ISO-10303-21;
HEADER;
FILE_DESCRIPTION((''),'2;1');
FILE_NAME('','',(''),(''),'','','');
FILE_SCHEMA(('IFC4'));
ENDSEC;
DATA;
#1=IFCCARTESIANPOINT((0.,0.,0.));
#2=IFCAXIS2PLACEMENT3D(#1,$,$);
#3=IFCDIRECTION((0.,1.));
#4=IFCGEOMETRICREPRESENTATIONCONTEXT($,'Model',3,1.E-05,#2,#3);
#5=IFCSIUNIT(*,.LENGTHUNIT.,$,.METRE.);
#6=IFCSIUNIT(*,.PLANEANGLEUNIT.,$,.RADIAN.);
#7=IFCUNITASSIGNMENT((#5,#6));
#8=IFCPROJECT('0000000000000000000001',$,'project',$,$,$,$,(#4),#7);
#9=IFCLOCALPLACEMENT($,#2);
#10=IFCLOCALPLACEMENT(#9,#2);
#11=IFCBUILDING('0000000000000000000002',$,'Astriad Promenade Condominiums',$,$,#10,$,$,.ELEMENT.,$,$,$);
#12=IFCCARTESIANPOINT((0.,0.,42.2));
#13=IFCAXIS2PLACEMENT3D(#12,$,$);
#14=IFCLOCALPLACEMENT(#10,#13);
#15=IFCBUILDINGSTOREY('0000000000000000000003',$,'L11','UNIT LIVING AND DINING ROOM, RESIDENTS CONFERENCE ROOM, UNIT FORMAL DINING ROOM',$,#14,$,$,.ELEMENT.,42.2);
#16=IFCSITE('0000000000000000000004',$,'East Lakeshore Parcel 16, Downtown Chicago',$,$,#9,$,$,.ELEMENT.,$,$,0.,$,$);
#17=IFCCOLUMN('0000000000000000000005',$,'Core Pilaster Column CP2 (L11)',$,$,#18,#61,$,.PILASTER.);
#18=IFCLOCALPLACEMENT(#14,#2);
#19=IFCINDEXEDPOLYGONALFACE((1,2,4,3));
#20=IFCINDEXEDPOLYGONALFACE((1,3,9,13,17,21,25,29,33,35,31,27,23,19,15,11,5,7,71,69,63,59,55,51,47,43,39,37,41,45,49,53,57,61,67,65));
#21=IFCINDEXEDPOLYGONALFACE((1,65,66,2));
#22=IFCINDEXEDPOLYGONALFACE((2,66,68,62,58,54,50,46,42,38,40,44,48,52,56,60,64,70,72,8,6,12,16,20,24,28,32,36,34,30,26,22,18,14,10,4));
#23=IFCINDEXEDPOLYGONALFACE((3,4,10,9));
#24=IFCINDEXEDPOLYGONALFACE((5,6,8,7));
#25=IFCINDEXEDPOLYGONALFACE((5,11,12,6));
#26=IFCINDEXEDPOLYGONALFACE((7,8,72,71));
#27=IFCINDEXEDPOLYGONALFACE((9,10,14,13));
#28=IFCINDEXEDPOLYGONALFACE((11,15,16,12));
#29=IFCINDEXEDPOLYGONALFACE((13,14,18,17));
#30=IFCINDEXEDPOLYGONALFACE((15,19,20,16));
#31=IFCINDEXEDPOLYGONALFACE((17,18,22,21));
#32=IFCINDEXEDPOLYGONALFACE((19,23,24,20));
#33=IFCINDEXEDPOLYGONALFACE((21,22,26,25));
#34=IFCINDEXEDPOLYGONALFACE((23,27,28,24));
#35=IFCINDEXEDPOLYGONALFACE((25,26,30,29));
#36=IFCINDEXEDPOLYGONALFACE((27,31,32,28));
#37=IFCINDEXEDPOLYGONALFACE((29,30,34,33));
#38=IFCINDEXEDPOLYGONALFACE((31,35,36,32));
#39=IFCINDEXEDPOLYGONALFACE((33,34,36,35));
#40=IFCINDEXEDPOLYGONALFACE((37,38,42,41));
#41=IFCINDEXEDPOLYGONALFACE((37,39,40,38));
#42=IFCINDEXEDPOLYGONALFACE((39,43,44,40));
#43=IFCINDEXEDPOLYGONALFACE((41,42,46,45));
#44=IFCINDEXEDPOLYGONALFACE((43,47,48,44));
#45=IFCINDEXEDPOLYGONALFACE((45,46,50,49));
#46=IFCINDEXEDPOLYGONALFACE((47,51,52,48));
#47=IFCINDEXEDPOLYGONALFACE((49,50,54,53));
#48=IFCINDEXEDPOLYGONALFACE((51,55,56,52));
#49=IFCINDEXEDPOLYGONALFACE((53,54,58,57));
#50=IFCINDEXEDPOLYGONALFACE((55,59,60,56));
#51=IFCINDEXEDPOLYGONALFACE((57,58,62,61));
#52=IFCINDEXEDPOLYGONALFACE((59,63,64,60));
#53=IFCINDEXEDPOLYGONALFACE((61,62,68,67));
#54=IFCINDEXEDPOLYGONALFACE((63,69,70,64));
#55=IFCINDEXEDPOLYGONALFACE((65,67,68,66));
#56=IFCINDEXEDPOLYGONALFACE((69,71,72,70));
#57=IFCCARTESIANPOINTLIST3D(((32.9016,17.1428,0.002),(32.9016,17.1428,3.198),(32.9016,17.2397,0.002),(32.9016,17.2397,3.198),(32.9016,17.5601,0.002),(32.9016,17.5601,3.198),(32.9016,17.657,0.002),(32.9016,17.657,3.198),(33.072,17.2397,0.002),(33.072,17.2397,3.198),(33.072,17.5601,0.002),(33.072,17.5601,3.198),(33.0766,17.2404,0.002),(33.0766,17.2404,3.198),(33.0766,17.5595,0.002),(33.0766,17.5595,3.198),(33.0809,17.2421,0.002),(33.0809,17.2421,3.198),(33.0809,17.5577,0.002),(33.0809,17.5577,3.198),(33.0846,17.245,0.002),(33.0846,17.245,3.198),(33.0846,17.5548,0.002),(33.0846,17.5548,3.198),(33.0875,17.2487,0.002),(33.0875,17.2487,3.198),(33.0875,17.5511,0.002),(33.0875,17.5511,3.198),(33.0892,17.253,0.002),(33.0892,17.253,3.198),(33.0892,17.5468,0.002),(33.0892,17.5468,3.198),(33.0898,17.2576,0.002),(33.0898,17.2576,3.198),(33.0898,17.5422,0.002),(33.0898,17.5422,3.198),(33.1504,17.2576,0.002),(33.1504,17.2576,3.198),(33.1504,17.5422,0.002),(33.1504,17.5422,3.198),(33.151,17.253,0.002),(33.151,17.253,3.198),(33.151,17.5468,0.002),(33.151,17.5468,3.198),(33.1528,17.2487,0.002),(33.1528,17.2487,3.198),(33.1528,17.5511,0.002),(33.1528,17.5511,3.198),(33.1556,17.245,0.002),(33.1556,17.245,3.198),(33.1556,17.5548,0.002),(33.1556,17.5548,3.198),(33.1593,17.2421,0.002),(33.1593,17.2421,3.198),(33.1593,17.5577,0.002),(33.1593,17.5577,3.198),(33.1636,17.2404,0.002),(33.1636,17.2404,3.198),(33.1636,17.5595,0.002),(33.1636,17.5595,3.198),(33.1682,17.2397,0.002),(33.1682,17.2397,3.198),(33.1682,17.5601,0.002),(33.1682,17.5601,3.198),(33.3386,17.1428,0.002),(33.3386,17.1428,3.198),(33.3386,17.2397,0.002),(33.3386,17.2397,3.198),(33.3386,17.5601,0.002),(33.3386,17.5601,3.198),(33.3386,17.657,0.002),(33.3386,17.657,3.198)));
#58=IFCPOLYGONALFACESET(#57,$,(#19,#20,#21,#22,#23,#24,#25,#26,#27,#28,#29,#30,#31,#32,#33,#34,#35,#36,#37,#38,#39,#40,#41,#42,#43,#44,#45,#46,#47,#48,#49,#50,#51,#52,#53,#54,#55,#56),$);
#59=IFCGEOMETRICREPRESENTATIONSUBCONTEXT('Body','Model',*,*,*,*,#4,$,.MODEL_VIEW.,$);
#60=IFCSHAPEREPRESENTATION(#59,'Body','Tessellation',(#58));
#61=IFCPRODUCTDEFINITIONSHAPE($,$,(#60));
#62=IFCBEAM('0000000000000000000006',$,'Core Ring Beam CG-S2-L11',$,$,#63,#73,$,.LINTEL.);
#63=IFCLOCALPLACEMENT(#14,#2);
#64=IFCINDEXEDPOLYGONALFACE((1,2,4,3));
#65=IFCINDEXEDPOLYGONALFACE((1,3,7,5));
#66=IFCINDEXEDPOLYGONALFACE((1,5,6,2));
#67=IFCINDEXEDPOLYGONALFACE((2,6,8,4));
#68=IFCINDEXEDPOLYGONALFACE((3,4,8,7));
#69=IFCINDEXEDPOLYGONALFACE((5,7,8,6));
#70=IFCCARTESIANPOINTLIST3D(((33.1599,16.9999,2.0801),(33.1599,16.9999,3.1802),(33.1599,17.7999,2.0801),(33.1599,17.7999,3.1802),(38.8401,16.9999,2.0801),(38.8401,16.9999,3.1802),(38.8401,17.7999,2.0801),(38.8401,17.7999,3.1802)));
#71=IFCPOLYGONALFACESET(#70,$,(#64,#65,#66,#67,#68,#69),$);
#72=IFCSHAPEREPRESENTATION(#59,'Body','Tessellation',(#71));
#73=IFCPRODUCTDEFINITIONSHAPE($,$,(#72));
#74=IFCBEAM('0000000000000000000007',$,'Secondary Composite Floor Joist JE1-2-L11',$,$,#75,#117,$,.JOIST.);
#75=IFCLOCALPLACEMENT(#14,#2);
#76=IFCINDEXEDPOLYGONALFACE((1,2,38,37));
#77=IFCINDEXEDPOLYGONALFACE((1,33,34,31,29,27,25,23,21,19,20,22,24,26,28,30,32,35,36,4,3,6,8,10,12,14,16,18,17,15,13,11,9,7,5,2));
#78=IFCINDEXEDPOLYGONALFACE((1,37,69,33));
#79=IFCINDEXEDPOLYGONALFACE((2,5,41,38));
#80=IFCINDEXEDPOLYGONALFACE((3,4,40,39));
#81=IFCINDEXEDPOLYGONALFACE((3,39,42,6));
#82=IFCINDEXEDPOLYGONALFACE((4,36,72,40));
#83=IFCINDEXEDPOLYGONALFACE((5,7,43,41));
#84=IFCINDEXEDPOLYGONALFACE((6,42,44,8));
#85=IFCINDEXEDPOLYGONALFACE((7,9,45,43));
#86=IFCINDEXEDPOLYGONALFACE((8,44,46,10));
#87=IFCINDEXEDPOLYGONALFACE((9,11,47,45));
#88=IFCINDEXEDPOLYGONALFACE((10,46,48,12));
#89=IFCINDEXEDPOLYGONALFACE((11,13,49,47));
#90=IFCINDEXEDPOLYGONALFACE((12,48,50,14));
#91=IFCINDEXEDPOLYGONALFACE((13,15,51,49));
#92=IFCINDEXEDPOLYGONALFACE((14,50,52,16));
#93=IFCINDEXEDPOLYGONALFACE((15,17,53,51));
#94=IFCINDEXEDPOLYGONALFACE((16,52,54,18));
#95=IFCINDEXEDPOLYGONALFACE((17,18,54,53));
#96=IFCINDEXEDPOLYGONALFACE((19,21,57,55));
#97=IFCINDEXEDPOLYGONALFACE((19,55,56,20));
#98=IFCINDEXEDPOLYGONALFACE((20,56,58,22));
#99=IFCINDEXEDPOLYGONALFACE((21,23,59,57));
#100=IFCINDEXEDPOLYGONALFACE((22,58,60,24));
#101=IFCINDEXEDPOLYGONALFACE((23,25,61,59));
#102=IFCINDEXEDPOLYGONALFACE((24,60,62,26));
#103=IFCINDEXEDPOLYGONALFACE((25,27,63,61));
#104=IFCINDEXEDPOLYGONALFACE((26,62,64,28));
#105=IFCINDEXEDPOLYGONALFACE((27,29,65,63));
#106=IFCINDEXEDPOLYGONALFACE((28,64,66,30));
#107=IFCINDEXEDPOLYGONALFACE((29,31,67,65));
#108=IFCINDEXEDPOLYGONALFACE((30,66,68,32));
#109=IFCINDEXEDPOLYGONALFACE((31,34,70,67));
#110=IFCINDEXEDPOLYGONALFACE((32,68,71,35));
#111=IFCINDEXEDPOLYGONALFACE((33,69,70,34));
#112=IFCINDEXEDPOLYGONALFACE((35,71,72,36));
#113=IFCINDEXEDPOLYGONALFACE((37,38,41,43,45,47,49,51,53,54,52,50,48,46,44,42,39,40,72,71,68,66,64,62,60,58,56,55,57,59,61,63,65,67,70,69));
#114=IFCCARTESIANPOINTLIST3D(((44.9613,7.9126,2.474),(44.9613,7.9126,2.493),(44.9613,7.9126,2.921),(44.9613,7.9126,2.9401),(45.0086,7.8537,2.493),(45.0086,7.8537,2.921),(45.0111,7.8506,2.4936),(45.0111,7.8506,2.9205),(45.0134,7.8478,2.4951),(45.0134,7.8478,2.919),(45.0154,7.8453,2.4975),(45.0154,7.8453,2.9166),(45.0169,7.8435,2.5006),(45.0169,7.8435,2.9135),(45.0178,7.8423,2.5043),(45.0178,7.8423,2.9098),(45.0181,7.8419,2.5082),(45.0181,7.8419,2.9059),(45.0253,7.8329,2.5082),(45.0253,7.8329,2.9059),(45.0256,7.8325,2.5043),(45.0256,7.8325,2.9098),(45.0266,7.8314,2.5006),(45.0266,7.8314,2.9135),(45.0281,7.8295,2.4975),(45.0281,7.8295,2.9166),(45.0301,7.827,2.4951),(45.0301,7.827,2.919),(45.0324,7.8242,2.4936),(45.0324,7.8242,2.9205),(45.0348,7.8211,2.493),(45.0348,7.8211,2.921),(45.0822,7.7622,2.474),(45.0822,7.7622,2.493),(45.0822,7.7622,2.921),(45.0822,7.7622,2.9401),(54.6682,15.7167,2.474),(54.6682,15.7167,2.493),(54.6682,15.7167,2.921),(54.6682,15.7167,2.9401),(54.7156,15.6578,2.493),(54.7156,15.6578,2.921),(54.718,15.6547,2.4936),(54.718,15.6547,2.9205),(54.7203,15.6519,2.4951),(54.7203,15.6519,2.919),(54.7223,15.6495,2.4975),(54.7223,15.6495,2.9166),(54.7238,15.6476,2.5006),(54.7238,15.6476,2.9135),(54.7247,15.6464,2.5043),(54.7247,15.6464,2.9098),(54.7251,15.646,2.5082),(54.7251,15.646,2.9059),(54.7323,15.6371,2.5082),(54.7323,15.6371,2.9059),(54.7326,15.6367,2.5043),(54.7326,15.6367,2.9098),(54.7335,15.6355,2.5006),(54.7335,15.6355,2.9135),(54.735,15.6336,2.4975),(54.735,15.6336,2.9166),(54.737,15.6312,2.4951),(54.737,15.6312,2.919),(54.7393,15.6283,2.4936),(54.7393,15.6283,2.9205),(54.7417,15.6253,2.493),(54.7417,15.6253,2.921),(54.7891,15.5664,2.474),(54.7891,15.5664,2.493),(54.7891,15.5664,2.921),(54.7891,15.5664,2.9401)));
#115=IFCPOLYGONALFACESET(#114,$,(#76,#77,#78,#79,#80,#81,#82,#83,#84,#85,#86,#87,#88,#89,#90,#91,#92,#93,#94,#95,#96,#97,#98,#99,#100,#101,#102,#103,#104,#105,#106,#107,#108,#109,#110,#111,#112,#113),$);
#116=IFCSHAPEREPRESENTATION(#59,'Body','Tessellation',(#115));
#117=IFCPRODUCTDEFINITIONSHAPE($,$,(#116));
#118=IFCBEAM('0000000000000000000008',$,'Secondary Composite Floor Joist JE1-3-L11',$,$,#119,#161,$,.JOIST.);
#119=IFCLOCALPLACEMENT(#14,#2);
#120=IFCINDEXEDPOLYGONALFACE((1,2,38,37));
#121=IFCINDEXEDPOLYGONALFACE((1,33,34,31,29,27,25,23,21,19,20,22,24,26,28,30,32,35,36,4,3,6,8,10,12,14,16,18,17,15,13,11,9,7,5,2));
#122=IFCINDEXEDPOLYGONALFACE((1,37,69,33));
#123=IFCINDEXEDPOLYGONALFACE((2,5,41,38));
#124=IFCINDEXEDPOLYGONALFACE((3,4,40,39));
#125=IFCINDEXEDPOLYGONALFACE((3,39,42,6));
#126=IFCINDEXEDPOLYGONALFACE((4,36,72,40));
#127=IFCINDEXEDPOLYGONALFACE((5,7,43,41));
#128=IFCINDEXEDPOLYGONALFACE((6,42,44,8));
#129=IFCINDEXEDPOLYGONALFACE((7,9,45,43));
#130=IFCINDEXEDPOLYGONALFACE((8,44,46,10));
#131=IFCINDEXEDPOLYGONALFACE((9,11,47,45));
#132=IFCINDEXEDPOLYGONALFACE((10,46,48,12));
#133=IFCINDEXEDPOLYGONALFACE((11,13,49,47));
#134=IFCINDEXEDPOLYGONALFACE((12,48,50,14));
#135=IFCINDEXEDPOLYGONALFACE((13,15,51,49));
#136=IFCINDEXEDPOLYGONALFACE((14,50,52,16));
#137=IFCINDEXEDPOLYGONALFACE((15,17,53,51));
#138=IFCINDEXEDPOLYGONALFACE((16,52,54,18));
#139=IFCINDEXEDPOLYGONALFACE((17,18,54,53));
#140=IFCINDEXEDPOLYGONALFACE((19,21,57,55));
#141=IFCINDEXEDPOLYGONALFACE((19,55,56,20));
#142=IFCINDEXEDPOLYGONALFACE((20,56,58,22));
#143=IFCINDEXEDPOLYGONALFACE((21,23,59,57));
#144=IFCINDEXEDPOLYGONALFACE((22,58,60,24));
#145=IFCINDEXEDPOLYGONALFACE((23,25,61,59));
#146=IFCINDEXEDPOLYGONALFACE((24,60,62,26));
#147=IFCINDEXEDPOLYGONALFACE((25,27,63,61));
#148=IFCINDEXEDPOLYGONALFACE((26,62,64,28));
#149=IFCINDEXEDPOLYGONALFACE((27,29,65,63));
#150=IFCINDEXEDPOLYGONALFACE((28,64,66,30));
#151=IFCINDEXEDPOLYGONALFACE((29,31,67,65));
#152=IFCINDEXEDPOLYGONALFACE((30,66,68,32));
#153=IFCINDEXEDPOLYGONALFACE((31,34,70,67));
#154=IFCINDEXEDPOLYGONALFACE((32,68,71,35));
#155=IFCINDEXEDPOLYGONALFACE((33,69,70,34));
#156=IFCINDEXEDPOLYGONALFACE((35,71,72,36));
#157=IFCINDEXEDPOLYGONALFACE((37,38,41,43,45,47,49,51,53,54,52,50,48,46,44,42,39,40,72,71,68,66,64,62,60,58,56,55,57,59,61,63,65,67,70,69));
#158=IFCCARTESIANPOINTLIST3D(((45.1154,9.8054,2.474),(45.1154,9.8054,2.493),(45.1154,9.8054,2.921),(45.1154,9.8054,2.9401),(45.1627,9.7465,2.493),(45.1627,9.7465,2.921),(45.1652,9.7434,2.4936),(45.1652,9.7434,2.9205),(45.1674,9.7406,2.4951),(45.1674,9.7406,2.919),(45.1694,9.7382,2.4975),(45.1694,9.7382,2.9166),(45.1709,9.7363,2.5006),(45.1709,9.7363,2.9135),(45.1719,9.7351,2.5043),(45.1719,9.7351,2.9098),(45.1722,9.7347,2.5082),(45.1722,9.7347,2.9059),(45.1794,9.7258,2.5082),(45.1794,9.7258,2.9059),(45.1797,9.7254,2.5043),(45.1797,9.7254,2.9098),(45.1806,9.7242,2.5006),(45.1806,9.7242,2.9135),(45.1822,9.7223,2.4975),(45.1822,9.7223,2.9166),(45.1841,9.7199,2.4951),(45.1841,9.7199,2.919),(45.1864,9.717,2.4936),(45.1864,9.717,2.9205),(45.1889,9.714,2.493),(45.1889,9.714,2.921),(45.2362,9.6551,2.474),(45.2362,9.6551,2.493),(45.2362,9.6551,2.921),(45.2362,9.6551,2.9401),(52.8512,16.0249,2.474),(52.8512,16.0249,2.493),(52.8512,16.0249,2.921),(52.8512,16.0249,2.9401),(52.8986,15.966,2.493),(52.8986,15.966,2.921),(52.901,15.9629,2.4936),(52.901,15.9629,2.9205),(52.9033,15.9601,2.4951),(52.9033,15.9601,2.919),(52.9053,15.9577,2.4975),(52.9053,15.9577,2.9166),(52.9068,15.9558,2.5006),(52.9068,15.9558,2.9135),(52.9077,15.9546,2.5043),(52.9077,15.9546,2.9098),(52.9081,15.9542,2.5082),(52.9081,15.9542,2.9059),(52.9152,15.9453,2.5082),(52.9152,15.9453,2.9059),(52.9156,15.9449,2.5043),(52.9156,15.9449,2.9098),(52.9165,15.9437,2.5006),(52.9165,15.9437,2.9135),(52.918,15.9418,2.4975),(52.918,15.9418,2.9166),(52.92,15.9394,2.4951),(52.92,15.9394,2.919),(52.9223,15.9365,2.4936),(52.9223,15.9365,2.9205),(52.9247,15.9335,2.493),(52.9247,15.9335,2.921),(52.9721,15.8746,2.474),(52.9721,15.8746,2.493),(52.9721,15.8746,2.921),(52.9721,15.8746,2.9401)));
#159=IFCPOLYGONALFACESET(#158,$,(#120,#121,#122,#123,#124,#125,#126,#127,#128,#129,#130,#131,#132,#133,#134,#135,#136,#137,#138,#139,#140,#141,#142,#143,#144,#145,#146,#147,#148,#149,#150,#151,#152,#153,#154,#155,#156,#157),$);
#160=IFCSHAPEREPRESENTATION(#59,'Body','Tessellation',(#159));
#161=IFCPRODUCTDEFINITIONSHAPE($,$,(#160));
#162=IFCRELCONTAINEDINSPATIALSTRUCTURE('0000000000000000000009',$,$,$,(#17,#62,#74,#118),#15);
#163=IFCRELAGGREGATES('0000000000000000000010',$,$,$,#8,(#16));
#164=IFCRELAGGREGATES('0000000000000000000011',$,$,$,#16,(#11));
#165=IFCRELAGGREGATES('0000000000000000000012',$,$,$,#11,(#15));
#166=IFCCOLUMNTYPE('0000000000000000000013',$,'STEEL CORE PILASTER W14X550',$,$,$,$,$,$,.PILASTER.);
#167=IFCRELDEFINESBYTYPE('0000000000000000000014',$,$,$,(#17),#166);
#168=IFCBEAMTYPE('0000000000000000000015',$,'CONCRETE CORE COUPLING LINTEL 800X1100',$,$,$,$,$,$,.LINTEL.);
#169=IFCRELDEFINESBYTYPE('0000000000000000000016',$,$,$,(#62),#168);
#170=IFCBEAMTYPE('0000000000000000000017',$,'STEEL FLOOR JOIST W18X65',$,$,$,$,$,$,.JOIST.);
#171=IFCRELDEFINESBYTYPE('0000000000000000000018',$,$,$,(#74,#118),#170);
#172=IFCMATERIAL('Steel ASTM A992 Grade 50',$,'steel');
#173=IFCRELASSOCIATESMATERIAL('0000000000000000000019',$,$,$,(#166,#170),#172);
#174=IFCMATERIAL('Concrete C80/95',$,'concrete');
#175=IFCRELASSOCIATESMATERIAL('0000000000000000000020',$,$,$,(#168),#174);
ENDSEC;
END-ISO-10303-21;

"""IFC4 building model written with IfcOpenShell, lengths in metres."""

from ifc_helpers import new_model, si_unit, direction, frame, origin, origin_2d, place, context, subcontext, project, spatial, rectangle, i_section, extrude, source, transform, mapped, material, material_profile, profile_set, type_object, type_shapes, element, save


model = new_model("IFC4")

# Units and contexts
model_context = context("Model", 3, precision=1e-05, world=origin(), true_north=direction((0.0, 1.0)))
body_context = subcontext(model_context, "Body", "Model", "MODEL_VIEW")
ifc_project = project(units=[si_unit("LENGTHUNIT", "METRE"), si_unit("PLANEANGLEUNIT", "RADIAN")], contexts=[model_context])

# Site, building, storey
site_placement = place(None, origin())
site = spatial("IfcSite", under=ifc_project, at=site_placement, Name="East Lakeshore Parcel 16, Downtown Chicago", CompositionType="ELEMENT", RefElevation=0.0)
building_placement = place(site_placement, origin())
building = spatial("IfcBuilding", under=site, at=building_placement, Name="Astriad Promenade Condominiums", CompositionType="ELEMENT")
storey_placement = place(building_placement, frame((0.0, 0.0, 42.2)))
storey = spatial("IfcBuildingStorey", under=building, at=storey_placement, Name="L11", Description="UNIT LIVING AND DINING ROOM, RESIDENTS CONFERENCE ROOM, UNIT FORMAL DINING ROOM", CompositionType="ELEMENT", Elevation=42.2)

# Column
ifc_material_1 = material(Name="Steel ASTM A992 Grade 50", Category="steel")
ifc_material_profile_1 = material_profile(ifc_material_1, i_section(OverallWidth=0.437, OverallDepth=0.5142, WebThickness=0.0605, FlangeThickness=0.0969, FilletRadius=0.0178, at=origin_2d()), Name="W14X550")
ifc_profile_set_1 = profile_set([ifc_material_profile_1], Name="Steel ASTM A992 Grade 50")
column_type = type_object("IfcColumnType", Name="STEEL CORE PILASTER W14X550", PredefinedType="PILASTER", material=ifc_profile_set_1)
shared_shape_1 = source(origin(), body_context, "Body", "SweptSolid", [
    extrude(i_section(OverallWidth=0.437, OverallDepth=0.5142, WebThickness=0.0605, FlangeThickness=0.0969, FilletRadius=0.0178, at=origin_2d()), origin(), (0.0, 0.0, 1.0), 3.196),
])
type_shapes(column_type, [shared_shape_1])
column_placement = place(storey_placement, frame((33.1201, 17.3999, 0.002), z_axis=(0.0, 0.0, 1.0), x_axis=(1.0, 0.0, 0.0)))
element("IfcColumn", 1, at=column_placement, inside=storey, type_object=column_type, Name="Core Pilaster Column CP2 (L11)", PredefinedType="PILASTER", context=body_context, shape_type="MappedRepresentation", body=[
    mapped(shared_shape_1, transform((0.0, 0.0, 0.0), scale=1.0)),
])

# Beams
ifc_material_2 = material(Name="Concrete C80/95", Category="concrete")
ifc_material_profile_2 = material_profile(ifc_material_2, rectangle(XDim=0.8, YDim=1.1001, at=origin_2d()), Name="RC-BM-800X1100")
ifc_profile_set_2 = profile_set([ifc_material_profile_2], Name="Concrete C80/95")
beam_type_1 = type_object("IfcBeamType", Name="CONCRETE CORE COUPLING LINTEL 800X1100", PredefinedType="LINTEL", material=ifc_profile_set_2)
shared_shape_2 = source(origin(), body_context, "Body", "SweptSolid", [
    extrude(rectangle(XDim=0.8, YDim=1.1001, at=origin_2d()), origin(), (0.0, 0.0, 1.0), 5.6802),
])
type_shapes(beam_type_1, [shared_shape_2])
beam_1_placement = place(storey_placement, frame((33.1599, 17.3999, 2.6301), z_axis=(1.0, 0.0, 0.0), x_axis=(0.0, 1.0, 0.0)))
element("IfcBeam", 2, at=beam_1_placement, inside=storey, type_object=beam_type_1, Name="Core Ring Beam CG-S2-L11", PredefinedType="LINTEL", context=body_context, shape_type="MappedRepresentation", body=[
    mapped(shared_shape_2, transform((0.0, 0.0, 0.0), scale=1.0)),
])
ifc_material_profile_3 = material_profile(ifc_material_1, i_section(OverallWidth=0.1929, OverallDepth=0.4661, WebThickness=0.0115, FlangeThickness=0.019, FilletRadius=0.0151, at=origin_2d()), Name="W18X65")
ifc_profile_set_3 = profile_set([ifc_material_profile_3], Name="Steel ASTM A992 Grade 50")
beam_type_2 = type_object("IfcBeamType", Name="STEEL FLOOR JOIST W18X65", PredefinedType="JOIST", material=ifc_profile_set_3)
shared_shape_3 = source(origin(), body_context, "Body", "SweptSolid", [
    extrude(i_section(OverallWidth=0.1929, OverallDepth=0.4661, WebThickness=0.0115, FlangeThickness=0.019, FilletRadius=0.0151, at=origin_2d()), origin(), (0.0, 0.0, 1.0), 12.4551),
])
beam_2_placement = place(storey_placement, frame((45.0217, 7.8374, 2.707), z_axis=(0.779356, 0.626582, 0.0), x_axis=(-0.626582, 0.779356, 0.0)))
element("IfcBeam", 3, at=beam_2_placement, inside=storey, type_object=beam_type_2, Name="Secondary Composite Floor Joist JE1-2-L11", PredefinedType="JOIST", context=body_context, shape_type="MappedRepresentation", body=[
    mapped(shared_shape_3, transform((0.0, 0.0, 0.0), scale=1.0)),
])
shared_shape_4 = source(origin(), body_context, "Body", "SweptSolid", [
    extrude(i_section(OverallWidth=0.1929, OverallDepth=0.4661, WebThickness=0.0115, FlangeThickness=0.019, FilletRadius=0.0151, at=origin_2d()), origin(), (0.0, 0.0, 1.0), 9.926),
])
beam_3_placement = place(storey_placement, frame((45.1758, 9.7302, 2.707), z_axis=(0.779352, 0.626586, 0.0), x_axis=(-0.626586, 0.779352, 0.0)))
element("IfcBeam", 4, at=beam_3_placement, inside=storey, type_object=beam_type_2, Name="Secondary Composite Floor Joist JE1-3-L11", PredefinedType="JOIST", context=body_context, shape_type="MappedRepresentation", body=[
    mapped(shared_shape_4, transform((0.0, 0.0, 0.0), scale=1.0)),
])

save(model, "model.ifc")
